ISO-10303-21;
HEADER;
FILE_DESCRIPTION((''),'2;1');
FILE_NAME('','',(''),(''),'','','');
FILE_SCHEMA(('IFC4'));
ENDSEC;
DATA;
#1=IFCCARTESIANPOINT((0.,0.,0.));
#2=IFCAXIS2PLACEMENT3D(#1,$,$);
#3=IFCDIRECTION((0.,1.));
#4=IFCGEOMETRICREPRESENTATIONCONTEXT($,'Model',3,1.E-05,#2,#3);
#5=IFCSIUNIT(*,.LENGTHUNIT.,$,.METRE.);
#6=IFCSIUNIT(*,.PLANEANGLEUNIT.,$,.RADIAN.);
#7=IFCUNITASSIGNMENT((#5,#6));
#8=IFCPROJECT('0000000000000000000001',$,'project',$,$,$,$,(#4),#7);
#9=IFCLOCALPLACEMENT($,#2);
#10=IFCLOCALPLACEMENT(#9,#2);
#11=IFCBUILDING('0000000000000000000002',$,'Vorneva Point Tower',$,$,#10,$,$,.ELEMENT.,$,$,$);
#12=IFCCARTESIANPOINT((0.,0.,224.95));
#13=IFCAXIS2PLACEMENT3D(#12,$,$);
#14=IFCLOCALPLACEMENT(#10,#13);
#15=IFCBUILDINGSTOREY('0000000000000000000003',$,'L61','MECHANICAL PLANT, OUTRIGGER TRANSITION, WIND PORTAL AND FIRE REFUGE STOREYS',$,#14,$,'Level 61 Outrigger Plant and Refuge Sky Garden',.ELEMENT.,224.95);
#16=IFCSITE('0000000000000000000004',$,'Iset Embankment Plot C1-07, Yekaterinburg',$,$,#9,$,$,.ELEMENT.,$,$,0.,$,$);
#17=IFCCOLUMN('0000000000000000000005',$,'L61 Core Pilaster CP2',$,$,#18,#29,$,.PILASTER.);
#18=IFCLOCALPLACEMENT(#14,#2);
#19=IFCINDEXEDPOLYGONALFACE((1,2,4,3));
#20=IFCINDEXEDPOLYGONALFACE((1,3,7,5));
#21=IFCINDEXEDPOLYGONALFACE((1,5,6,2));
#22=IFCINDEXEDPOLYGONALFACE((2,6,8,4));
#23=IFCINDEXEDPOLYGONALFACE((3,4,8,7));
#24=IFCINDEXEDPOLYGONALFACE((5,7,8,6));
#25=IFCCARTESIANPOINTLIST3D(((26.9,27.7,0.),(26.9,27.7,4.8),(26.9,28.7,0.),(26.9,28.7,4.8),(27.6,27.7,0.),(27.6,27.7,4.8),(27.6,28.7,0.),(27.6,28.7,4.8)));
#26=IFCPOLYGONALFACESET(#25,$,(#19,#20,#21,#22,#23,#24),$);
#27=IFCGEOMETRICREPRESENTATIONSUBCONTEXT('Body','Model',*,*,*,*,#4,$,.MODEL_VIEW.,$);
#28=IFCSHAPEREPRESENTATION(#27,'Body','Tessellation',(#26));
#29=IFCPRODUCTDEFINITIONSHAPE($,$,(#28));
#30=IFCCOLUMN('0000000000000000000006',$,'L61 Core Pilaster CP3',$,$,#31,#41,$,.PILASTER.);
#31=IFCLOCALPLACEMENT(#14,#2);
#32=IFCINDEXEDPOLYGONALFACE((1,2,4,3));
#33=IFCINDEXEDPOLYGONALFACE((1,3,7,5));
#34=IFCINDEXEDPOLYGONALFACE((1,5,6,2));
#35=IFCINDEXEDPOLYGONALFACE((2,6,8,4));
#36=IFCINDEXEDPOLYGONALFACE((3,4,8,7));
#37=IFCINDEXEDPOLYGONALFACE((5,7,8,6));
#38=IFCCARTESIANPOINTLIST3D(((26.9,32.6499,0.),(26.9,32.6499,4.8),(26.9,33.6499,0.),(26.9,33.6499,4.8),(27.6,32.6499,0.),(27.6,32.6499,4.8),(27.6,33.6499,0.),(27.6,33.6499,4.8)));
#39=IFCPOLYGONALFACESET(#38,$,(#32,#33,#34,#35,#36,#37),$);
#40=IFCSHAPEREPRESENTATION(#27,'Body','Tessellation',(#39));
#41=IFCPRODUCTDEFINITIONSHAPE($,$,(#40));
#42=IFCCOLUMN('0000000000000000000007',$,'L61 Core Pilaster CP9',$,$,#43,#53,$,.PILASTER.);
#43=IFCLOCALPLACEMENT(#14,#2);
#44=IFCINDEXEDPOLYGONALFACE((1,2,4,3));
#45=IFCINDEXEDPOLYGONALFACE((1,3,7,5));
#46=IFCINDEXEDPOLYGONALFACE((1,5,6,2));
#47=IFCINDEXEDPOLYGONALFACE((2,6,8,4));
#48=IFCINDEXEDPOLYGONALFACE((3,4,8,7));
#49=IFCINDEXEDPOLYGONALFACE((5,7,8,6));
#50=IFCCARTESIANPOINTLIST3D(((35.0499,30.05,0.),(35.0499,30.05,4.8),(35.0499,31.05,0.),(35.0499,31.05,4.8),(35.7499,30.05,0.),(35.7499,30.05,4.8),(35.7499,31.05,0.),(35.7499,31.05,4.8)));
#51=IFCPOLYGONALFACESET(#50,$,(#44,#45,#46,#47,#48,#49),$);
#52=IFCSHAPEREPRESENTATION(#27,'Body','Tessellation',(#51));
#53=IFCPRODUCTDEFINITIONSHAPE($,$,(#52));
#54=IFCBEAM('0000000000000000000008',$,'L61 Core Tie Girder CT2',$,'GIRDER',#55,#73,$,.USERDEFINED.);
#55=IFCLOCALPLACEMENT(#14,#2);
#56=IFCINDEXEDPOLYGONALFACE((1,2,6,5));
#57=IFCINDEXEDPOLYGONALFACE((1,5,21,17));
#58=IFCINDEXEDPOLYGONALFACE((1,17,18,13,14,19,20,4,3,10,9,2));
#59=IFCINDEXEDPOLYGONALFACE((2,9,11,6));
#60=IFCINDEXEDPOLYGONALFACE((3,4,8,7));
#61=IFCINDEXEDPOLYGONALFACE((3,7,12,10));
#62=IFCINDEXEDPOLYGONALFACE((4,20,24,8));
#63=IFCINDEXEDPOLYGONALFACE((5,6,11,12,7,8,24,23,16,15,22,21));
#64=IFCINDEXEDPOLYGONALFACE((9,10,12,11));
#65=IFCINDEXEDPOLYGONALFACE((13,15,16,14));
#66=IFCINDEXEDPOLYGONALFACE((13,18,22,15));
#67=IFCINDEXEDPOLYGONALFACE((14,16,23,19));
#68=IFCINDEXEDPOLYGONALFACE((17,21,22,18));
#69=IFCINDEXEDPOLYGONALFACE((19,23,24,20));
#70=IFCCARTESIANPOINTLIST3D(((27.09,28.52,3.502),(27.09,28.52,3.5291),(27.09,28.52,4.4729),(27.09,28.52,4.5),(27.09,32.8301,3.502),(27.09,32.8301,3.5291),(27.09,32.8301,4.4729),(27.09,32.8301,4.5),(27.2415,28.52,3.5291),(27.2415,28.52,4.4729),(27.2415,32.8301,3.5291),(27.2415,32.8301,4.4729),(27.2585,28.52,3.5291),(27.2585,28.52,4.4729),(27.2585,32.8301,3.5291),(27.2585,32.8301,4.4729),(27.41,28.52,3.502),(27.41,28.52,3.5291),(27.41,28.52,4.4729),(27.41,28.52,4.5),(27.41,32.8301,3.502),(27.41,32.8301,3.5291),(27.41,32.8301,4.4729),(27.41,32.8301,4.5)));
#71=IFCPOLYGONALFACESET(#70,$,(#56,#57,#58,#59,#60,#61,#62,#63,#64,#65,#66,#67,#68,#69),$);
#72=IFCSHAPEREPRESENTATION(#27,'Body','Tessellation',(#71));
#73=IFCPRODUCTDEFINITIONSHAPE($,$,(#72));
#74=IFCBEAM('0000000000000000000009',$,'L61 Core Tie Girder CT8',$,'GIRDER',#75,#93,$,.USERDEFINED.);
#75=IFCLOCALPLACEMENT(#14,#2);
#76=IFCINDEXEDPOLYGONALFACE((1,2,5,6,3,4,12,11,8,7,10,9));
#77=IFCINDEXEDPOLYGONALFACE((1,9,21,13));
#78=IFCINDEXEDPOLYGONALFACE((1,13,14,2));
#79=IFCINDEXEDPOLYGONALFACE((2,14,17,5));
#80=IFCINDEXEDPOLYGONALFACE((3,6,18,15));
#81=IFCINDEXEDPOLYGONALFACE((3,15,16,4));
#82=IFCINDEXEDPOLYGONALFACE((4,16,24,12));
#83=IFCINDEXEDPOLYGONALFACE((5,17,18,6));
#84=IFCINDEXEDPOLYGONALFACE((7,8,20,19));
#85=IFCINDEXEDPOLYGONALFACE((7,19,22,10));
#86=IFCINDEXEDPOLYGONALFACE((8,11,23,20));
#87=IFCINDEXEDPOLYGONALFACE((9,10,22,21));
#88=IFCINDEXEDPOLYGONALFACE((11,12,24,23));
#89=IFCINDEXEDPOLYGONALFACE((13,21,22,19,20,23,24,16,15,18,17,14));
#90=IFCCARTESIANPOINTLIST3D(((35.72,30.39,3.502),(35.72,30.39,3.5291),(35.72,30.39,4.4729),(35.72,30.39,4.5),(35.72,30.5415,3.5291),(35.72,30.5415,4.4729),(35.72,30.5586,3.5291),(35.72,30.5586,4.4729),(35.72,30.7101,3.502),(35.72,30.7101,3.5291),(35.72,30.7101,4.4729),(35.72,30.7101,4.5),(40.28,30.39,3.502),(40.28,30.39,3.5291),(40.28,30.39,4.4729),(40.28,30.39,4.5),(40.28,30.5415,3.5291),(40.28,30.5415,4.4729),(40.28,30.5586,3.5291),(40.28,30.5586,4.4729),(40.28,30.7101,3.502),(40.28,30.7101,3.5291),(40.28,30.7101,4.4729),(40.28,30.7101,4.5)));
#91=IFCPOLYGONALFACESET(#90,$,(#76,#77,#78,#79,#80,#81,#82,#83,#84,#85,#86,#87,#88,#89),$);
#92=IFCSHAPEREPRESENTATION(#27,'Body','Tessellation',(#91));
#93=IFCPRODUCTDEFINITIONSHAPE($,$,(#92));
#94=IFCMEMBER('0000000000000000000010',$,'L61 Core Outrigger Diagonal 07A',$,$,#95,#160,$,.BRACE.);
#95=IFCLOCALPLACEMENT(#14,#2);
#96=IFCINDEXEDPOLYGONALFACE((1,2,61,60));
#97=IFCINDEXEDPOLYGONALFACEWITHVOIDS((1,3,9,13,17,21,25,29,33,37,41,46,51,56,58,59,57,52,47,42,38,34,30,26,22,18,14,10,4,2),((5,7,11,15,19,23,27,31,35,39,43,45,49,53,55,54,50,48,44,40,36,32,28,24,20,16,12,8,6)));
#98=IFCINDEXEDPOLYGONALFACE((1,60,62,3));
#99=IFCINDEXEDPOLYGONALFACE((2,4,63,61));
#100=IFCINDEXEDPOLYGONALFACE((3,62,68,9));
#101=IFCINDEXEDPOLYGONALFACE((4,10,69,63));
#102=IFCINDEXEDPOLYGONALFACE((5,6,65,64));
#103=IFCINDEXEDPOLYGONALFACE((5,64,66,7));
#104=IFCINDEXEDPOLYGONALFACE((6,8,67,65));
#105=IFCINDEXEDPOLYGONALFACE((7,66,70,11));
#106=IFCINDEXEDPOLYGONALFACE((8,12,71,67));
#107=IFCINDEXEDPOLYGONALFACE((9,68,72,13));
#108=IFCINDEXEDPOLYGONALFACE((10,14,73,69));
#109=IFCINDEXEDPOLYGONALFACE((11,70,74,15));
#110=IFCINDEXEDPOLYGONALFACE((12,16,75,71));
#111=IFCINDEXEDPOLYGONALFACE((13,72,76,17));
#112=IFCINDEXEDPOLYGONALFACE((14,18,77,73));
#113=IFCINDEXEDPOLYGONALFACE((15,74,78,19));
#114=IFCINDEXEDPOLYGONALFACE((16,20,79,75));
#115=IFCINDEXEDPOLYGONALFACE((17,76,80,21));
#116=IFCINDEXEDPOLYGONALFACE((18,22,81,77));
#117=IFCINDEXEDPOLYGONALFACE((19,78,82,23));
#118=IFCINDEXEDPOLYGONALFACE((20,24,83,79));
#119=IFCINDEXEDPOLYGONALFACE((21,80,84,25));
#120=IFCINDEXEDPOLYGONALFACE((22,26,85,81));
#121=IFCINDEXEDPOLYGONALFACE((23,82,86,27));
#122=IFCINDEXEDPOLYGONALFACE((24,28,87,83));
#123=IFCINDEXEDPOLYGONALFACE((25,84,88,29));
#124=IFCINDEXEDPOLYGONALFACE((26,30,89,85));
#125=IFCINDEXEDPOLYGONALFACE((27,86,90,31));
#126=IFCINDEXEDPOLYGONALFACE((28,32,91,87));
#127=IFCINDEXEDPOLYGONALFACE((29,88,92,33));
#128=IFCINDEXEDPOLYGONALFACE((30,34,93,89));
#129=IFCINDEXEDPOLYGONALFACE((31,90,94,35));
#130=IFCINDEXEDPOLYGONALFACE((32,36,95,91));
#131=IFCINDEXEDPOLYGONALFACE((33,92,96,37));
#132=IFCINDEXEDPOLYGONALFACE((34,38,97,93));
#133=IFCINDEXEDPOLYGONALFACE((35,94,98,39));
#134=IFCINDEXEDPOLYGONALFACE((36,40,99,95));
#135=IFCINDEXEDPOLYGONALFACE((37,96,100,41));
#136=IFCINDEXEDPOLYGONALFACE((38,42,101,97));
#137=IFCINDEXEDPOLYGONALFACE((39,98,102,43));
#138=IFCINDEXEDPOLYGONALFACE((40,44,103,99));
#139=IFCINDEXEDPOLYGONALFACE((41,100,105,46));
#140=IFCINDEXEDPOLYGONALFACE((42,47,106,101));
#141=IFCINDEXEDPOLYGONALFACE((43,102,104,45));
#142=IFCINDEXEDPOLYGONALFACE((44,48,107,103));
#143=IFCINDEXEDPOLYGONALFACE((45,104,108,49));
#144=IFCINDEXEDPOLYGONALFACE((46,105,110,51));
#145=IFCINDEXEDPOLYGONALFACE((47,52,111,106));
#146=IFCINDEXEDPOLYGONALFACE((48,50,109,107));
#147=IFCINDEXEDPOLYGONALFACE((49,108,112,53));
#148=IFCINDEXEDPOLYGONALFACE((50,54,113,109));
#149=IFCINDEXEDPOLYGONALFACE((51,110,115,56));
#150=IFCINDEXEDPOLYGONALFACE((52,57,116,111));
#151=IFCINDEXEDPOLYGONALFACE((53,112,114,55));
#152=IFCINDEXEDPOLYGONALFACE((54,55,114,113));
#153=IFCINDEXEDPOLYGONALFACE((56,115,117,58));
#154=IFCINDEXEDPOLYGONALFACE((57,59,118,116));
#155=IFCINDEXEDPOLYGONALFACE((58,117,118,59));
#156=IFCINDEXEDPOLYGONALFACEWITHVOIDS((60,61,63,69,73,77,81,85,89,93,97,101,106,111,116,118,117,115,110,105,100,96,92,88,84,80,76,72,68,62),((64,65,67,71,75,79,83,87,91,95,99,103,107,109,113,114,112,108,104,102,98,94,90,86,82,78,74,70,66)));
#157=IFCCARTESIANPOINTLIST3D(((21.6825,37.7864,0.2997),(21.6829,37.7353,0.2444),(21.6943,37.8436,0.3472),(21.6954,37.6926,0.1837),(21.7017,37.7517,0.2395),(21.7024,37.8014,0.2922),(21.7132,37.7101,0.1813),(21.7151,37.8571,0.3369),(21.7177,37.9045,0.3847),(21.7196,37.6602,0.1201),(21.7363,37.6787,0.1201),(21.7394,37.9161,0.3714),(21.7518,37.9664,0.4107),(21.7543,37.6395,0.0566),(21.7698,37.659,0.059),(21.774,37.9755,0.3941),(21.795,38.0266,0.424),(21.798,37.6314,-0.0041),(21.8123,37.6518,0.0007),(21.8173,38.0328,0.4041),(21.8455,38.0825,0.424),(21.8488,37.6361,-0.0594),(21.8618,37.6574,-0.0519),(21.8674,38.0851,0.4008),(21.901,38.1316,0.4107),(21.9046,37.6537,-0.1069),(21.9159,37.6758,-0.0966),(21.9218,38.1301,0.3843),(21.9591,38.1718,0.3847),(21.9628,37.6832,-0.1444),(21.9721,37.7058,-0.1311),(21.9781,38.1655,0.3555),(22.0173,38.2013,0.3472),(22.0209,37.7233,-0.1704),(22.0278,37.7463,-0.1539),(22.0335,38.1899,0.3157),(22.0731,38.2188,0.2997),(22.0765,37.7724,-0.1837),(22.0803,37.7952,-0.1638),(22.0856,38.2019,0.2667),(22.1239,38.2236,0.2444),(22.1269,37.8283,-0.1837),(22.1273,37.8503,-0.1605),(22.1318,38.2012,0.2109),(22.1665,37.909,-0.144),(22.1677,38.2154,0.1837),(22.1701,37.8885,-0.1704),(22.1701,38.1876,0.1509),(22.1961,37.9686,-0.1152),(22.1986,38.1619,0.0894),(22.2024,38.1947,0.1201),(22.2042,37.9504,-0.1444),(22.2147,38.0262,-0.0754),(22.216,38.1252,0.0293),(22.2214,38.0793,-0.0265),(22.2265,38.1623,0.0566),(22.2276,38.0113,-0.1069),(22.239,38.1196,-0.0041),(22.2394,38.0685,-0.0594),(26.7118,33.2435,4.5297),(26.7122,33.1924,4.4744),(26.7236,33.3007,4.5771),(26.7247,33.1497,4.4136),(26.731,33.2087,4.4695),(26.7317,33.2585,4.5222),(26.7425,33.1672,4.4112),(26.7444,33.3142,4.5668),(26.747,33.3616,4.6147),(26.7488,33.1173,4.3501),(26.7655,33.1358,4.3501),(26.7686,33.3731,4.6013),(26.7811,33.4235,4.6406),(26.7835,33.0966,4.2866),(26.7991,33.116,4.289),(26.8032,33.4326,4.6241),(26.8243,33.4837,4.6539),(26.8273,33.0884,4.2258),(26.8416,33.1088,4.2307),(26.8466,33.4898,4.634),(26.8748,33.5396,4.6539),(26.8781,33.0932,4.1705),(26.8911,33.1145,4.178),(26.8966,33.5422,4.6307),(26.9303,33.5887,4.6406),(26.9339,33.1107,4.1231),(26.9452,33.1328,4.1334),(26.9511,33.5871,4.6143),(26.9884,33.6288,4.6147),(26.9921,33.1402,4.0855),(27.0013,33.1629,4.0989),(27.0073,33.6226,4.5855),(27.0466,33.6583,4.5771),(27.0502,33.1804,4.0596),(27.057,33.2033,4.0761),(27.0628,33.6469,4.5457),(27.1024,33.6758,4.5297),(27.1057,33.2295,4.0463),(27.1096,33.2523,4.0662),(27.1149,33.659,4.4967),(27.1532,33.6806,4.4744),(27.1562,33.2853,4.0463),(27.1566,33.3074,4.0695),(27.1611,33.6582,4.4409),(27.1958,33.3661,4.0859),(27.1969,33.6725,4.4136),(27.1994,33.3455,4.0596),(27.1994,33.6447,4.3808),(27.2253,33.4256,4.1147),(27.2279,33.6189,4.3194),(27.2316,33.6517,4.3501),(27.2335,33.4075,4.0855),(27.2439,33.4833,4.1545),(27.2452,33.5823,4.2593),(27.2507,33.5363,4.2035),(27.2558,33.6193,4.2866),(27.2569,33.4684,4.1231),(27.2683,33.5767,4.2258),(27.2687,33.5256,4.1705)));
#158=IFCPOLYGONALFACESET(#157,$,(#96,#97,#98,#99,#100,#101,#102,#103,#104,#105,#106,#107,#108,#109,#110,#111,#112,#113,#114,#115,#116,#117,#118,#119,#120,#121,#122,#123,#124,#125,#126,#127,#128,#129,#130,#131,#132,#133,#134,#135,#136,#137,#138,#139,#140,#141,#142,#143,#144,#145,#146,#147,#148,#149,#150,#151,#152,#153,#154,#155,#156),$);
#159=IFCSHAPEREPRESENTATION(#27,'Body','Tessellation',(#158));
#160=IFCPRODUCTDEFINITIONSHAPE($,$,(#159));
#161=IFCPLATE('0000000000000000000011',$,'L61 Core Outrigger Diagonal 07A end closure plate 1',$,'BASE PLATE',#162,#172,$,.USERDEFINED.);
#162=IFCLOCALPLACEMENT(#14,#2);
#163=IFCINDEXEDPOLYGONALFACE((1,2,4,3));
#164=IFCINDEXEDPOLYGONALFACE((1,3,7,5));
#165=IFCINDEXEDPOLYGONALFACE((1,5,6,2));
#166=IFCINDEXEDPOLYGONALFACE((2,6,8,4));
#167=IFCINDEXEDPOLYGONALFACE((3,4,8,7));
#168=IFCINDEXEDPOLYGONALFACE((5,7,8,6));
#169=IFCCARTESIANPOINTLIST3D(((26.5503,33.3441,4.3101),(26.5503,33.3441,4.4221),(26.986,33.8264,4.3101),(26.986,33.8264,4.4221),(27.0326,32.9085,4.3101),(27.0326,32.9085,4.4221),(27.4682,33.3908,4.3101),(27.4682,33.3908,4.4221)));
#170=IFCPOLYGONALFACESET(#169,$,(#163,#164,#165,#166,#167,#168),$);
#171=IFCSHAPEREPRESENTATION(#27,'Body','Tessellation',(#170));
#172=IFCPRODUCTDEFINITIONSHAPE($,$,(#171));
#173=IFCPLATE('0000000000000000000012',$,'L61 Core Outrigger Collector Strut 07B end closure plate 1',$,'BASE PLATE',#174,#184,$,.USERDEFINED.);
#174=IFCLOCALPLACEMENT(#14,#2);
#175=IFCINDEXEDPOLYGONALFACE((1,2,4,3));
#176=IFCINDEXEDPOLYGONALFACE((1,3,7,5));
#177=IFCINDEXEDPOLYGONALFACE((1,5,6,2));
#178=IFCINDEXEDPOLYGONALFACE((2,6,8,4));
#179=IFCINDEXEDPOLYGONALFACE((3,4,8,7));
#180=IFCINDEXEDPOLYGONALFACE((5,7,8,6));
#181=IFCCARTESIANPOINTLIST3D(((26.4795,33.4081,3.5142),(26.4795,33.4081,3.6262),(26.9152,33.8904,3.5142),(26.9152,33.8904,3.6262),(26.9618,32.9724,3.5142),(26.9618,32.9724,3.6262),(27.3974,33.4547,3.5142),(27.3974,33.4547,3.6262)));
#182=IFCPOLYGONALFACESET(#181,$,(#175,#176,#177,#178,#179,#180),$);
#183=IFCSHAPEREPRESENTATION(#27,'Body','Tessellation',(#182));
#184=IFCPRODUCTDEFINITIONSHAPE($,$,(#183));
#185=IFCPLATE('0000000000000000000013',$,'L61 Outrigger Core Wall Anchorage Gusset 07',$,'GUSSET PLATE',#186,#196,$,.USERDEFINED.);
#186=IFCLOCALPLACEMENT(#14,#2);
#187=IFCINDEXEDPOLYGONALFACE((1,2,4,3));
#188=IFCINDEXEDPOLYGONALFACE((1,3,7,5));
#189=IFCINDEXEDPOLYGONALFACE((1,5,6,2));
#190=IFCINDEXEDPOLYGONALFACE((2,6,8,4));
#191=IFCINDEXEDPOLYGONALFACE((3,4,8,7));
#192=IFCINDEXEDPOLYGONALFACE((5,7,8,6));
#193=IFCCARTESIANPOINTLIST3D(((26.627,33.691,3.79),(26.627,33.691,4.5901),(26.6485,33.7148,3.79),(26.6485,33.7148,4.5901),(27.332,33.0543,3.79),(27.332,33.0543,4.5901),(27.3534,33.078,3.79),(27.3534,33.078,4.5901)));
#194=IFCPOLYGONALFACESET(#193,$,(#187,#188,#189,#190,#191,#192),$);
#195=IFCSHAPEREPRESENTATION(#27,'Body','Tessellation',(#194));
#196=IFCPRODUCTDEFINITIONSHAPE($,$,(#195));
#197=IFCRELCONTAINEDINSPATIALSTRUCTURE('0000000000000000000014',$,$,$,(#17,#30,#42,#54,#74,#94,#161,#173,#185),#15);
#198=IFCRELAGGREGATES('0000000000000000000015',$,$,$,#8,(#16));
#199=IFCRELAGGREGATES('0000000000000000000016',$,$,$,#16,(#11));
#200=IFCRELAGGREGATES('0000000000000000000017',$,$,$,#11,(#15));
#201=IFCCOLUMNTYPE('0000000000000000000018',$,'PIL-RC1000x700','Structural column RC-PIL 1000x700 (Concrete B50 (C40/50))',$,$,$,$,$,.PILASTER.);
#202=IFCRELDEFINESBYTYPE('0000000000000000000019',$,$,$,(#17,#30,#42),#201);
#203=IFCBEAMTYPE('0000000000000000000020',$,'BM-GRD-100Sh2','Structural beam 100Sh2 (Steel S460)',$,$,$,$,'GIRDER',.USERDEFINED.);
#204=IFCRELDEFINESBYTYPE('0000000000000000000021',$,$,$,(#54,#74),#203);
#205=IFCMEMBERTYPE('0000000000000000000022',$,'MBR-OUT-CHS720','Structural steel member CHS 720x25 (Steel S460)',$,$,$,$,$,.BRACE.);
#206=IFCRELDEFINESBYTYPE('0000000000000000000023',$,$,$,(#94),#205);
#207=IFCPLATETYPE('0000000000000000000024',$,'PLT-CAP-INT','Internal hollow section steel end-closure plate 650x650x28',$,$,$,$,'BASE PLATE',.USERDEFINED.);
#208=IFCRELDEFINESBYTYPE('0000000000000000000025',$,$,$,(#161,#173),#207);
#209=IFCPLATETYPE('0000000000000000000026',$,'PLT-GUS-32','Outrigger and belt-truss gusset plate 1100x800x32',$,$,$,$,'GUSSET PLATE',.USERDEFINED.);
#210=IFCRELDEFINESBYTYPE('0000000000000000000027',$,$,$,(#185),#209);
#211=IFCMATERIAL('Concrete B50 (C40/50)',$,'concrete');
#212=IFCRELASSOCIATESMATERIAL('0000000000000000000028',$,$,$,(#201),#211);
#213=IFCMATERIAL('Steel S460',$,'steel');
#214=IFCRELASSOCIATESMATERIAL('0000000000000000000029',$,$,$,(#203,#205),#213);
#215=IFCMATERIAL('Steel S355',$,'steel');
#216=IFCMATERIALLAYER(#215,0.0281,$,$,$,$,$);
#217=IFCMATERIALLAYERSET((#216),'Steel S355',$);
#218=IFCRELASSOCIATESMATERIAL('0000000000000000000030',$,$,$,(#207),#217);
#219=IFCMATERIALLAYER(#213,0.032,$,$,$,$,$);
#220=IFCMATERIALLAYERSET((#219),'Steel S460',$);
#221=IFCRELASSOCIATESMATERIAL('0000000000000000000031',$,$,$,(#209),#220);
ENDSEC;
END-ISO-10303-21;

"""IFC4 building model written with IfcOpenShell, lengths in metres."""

from ifc_helpers import new_model, si_unit, direction, frame, origin, origin_2d, place, context, subcontext, project, spatial, rectangle, hollow_circle, i_section, extrude, material, layer, layer_set, material_profile, profile_set, type_object, element, save


model = new_model("IFC4")

# Units and contexts
model_context = context("Model", 3, precision=1e-05, world=origin(), true_north=direction((0.0, 1.0)))
body_context = subcontext(model_context, "Body", "Model", "MODEL_VIEW")
ifc_project = project(units=[si_unit("LENGTHUNIT", "METRE"), si_unit("PLANEANGLEUNIT", "RADIAN")], contexts=[model_context])

# Site, building, storey
site_placement = place(None, origin())
site = spatial("IfcSite", under=ifc_project, at=site_placement, Name="Iset Embankment Plot C1-07, Yekaterinburg", CompositionType="ELEMENT", RefElevation=0.0)
building_placement = place(site_placement, origin())
building = spatial("IfcBuilding", under=site, at=building_placement, Name="Vorneva Point Tower", CompositionType="ELEMENT")
storey_placement = place(building_placement, frame((0.0, 0.0, 224.95)))
storey = spatial("IfcBuildingStorey", under=building, at=storey_placement, Name="L61", Description="MECHANICAL PLANT, OUTRIGGER TRANSITION, WIND PORTAL AND FIRE REFUGE STOREYS", LongName="Level 61 Outrigger Plant and Refuge Sky Garden", CompositionType="ELEMENT", Elevation=224.95)

# Columns
ifc_material_1 = material(Name="Concrete B50 (C40/50)", Category="concrete")
ifc_material_profile_1 = material_profile(ifc_material_1, rectangle(XDim=0.7, YDim=1.0, at=origin_2d()), Name="RC-PIL 1000x700")
ifc_profile_set_1 = profile_set([ifc_material_profile_1], Name="Concrete B50 (C40/50)")
column_type = type_object("IfcColumnType", Name="PIL-RC1000x700", Description="Structural column RC-PIL 1000x700 (Concrete B50 (C40/50))", PredefinedType="PILASTER", material=ifc_profile_set_1)
for number, where, z_axis, x_axis, name in (
    (1, (27.25, 28.2, 0.0), (0.0, 0.0, 1.0), (1.0, 0.0, 0.0), "L61 Core Pilaster CP2"),
    (2, (27.25, 33.1499, 0.0), (0.0, 0.0, 1.0), (1.0, 0.0, 0.0), "L61 Core Pilaster CP3"),
    (3, (35.3999, 30.55, 0.0), (0.0, 0.0, 1.0), (1.0, 0.0, 0.0), "L61 Core Pilaster CP9"),
):
    element("IfcColumn", number, at=place(storey_placement, frame(where, z_axis=z_axis, x_axis=x_axis)), inside=storey, type_object=column_type, Name=name, PredefinedType="PILASTER", context=body_context, shape_type="SweptSolid", body=[
        extrude(rectangle(XDim=0.7, YDim=1.0, at=origin_2d()), origin(), (0.0, 0.0, 1.0), 4.8),
    ])

# Beams
ifc_material_2 = material(Name="Steel S460", Category="steel")
ifc_material_profile_2 = material_profile(ifc_material_2, i_section(OverallWidth=0.3201, OverallDepth=0.998, WebThickness=0.0171, FlangeThickness=0.0271, at=origin_2d()), Name="100Sh2")
ifc_profile_set_2 = profile_set([ifc_material_profile_2], Name="Steel S460")
beam_type = type_object("IfcBeamType", Name="BM-GRD-100Sh2", Description="Structural beam 100Sh2 (Steel S460)", ElementType="GIRDER", PredefinedType="USERDEFINED", material=ifc_profile_set_2)
beam_1_placement = place(storey_placement, frame((27.25, 28.52, 4.001), z_axis=(0.0, 1.0, 0.0), x_axis=(-1.0, 0.0, 0.0)))
element("IfcBeam", 4, at=beam_1_placement, inside=storey, type_object=beam_type, Name="L61 Core Tie Girder CT2", ObjectType="GIRDER", PredefinedType="USERDEFINED", context=body_context, shape_type="SweptSolid", body=[
    extrude(i_section(OverallWidth=0.3201, OverallDepth=0.998, WebThickness=0.0171, FlangeThickness=0.0271, at=origin_2d()), origin(), (0.0, 0.0, 1.0), 4.3101),
])
beam_2_placement = place(storey_placement, frame((35.72, 30.55, 4.001), z_axis=(1.0, 0.0, 0.0), x_axis=(0.0, 1.0, 0.0)))
element("IfcBeam", 5, at=beam_2_placement, inside=storey, type_object=beam_type, Name="L61 Core Tie Girder CT8", ObjectType="GIRDER", PredefinedType="USERDEFINED", context=body_context, shape_type="SweptSolid", body=[
    extrude(i_section(OverallWidth=0.3201, OverallDepth=0.998, WebThickness=0.0171, FlangeThickness=0.0271, at=origin_2d()), origin(), (0.0, 0.0, 1.0), 4.5601),
])

# Member
ifc_material_profile_3 = material_profile(ifc_material_2, hollow_circle(Radius=0.3601, WallThickness=0.0249, at=origin_2d()), Name="CHS 720x25")
ifc_profile_set_3 = profile_set([ifc_material_profile_3], Name="Steel S460")
member_type = type_object("IfcMemberType", Name="MBR-OUT-CHS720", Description="Structural steel member CHS 720x25 (Steel S460)", PredefinedType="BRACE", material=ifc_profile_set_3)
member_placement = place(storey_placement, frame((26.9902, 33.3845, 4.3501), z_axis=(-0.629523, 0.568649, -0.529471), x_axis=(-0.670317, -0.742075, 0.0)))
element("IfcMember", 6, at=member_placement, inside=storey, type_object=member_type, Name="L61 Core Outrigger Diagonal 07A", PredefinedType="BRACE", context=body_context, shape_type="SweptSolid", body=[
    extrude(hollow_circle(Radius=0.3601, WallThickness=0.0249, at=origin_2d()), origin(), (0.0, 0.0, 1.0), 7.989),
])

# Plates
ifc_material_3 = material(Name="Steel S355", Category="steel")
ifc_layer_1 = layer(ifc_material_3, 0.0281)
ifc_layer_set_1 = layer_set([ifc_layer_1], Name="Steel S355")
plate_type_1 = type_object("IfcPlateType", Name="PLT-CAP-INT", Description="Internal hollow section steel end-closure plate 650x650x28", ElementType="BASE PLATE", PredefinedType="USERDEFINED", material=ifc_layer_set_1)
for number, where, z_axis, x_axis, name in (
    (7, (27.0093, 33.3674, 4.3101), (0.0, 0.0, 1.0), (-0.742081, 0.67031, 0.0), "L61 Core Outrigger Diagonal 07A end closure plate 1"),
    (8, (26.9385, 33.4314, 3.5142), (0.0, 0.0, 1.0), (-0.742081, 0.67031, 0.0), "L61 Core Outrigger Collector Strut 07B end closure plate 1"),
):
    element("IfcPlate", number, at=place(storey_placement, frame(where, z_axis=z_axis, x_axis=x_axis)), inside=storey, type_object=plate_type_1, Name=name, ObjectType="BASE PLATE", PredefinedType="USERDEFINED", context=body_context, shape_type="SweptSolid", body=[
        extrude(rectangle(XDim=0.6499, YDim=0.6499, at=origin_2d()), origin(), (0.0, 0.0, 1.0), 0.1121),
    ])
ifc_layer_2 = layer(ifc_material_2, 0.032)
ifc_layer_set_2 = layer_set([ifc_layer_2], Name="Steel S460")
plate_type_2 = type_object("IfcPlateType", Name="PLT-GUS-32", Description="Outrigger and belt-truss gusset plate 1100x800x32", ElementType="GUSSET PLATE", PredefinedType="USERDEFINED", material=ifc_layer_set_2)
plate_placement = place(storey_placement, frame((26.9902, 33.3845, 3.79), z_axis=(0.0, 0.0, 1.0), x_axis=(-0.742081, 0.67031, 0.0)))
element("IfcPlate", 9, at=plate_placement, inside=storey, type_object=plate_type_2, Name="L61 Outrigger Core Wall Anchorage Gusset 07", ObjectType="GUSSET PLATE", PredefinedType="USERDEFINED", context=body_context, shape_type="SweptSolid", body=[
    extrude(rectangle(XDim=0.95, YDim=0.032, at=origin_2d()), origin(), (0.0, 0.0, 1.0), 0.8),
])

save(model, "model.ifc")
